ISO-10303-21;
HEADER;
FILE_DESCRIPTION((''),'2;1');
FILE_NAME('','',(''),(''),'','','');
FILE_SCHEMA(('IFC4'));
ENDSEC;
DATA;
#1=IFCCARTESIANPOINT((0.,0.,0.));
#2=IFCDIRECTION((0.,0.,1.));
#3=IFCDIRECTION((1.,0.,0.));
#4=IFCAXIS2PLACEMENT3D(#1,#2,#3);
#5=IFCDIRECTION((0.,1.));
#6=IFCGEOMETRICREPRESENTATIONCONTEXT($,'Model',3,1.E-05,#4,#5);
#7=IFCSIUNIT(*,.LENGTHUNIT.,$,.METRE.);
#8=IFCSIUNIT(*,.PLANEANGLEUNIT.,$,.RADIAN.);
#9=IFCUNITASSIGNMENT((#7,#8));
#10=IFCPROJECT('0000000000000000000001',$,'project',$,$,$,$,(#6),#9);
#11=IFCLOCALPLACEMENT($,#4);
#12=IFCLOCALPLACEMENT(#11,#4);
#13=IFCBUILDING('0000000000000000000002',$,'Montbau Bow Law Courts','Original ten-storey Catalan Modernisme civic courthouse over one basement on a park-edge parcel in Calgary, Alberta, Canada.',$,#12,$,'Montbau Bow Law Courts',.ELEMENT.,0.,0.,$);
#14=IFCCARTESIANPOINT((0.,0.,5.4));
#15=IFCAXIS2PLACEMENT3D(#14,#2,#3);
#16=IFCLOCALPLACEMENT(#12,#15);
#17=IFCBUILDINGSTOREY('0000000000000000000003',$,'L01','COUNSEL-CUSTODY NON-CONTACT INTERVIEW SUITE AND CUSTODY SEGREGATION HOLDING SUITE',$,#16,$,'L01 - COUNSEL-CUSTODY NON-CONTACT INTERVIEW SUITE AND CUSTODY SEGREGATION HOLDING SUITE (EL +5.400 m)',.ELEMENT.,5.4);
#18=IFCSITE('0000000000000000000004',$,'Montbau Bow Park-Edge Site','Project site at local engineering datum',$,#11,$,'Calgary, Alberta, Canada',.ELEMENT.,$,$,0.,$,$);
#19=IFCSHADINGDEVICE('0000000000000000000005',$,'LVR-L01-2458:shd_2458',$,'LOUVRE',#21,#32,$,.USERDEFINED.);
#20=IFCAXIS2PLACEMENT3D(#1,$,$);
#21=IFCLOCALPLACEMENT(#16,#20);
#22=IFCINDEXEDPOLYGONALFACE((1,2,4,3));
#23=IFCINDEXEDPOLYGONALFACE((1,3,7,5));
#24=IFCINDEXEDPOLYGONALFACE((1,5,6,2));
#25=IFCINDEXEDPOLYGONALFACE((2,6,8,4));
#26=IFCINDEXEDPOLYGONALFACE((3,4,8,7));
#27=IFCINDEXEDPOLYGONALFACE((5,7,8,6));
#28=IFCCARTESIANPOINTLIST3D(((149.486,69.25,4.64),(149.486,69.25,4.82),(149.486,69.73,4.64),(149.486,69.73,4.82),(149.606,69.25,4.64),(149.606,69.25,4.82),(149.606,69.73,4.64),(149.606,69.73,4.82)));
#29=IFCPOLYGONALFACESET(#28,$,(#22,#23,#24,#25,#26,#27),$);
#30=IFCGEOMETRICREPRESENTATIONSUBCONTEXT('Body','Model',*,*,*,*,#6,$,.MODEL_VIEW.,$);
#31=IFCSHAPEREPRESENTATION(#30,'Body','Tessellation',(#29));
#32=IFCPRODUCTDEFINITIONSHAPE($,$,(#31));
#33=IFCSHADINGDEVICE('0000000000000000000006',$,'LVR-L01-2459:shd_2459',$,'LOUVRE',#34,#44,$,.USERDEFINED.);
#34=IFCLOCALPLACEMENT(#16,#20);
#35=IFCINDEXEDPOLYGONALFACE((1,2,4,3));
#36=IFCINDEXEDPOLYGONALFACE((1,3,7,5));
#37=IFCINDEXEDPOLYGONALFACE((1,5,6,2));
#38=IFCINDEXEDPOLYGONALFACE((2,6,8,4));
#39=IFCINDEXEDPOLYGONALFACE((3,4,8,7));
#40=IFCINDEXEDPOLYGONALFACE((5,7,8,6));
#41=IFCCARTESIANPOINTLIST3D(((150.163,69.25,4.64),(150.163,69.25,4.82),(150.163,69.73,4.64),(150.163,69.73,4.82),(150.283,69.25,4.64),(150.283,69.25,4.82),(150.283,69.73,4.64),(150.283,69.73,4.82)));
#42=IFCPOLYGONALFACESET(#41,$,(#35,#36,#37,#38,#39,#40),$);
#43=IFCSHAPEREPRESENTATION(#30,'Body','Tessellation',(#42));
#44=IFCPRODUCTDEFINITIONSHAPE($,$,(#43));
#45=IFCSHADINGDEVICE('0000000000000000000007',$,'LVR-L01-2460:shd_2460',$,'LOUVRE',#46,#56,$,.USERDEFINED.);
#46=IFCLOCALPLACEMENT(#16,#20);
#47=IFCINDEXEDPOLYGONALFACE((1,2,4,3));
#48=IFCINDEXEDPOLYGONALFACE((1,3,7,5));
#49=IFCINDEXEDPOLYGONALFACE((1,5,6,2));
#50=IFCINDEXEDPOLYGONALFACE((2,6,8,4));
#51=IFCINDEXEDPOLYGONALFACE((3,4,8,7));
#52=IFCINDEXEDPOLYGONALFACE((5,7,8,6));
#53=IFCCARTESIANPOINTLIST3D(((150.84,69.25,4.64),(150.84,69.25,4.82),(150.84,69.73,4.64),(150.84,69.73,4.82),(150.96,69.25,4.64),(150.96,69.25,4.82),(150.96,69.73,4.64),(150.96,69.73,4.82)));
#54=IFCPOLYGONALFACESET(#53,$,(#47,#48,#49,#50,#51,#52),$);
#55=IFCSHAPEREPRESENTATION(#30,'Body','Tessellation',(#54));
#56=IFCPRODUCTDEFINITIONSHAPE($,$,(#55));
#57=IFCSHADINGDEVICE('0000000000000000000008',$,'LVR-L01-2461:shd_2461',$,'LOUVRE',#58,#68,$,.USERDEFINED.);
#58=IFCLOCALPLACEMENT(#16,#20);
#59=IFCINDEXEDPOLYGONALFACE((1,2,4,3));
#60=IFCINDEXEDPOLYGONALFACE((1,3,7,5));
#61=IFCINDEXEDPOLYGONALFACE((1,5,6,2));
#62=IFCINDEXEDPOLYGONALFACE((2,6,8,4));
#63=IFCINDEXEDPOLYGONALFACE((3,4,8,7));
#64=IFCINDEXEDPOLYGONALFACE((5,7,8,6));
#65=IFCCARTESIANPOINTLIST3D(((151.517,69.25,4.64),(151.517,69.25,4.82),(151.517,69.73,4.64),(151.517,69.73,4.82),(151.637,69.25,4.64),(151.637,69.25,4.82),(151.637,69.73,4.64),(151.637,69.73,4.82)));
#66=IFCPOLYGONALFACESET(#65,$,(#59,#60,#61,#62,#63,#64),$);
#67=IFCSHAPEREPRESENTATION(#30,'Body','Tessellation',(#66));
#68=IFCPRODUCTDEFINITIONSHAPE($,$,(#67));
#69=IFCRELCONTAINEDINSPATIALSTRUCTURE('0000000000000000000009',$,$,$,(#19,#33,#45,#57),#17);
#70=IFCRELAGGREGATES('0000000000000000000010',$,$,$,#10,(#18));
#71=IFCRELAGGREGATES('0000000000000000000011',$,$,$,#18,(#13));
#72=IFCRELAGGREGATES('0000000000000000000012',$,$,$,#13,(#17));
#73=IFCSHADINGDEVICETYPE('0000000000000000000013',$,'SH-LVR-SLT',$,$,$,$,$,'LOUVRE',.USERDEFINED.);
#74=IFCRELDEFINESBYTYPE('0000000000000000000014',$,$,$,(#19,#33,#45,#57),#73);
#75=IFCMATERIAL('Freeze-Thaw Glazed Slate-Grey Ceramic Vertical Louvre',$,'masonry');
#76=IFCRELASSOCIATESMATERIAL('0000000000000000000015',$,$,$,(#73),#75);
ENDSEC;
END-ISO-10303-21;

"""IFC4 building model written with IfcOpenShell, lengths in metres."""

from ifc_helpers import new_model, si_unit, direction, frame, origin_with_axes, origin_2d_with_axis, place, context, subcontext, project, spatial, rectangle, extrude, material, type_object, element, save


model = new_model("IFC4")

# Units and contexts
model_context = context("Model", 3, precision=1e-05, world=origin_with_axes(), true_north=direction((0.0, 1.0)))
body_context = subcontext(model_context, "Body", "Model", "MODEL_VIEW")
ifc_project = project(units=[si_unit("LENGTHUNIT", "METRE"), si_unit("PLANEANGLEUNIT", "RADIAN")], contexts=[model_context])

# Site, building, storey
site_placement = place(None, origin_with_axes())
site = spatial("IfcSite", under=ifc_project, at=site_placement, Name="Montbau Bow Park-Edge Site", Description="Project site at local engineering datum", LongName="Calgary, Alberta, Canada", CompositionType="ELEMENT", RefElevation=0.0)
building_placement = place(site_placement, origin_with_axes())
building = spatial("IfcBuilding", under=site, at=building_placement, Name="Montbau Bow Law Courts", Description="Original ten-storey Catalan Modernisme civic courthouse over one basement on a park-edge parcel in Calgary, Alberta, Canada.", LongName="Montbau Bow Law Courts", CompositionType="ELEMENT", ElevationOfRefHeight=0.0, ElevationOfTerrain=0.0)
storey_placement = place(building_placement, frame((0.0, 0.0, 5.4), z_axis=(0.0, 0.0, 1.0), x_axis=(1.0, 0.0, 0.0)))
storey = spatial("IfcBuildingStorey", under=building, at=storey_placement, Name="L01", Description="COUNSEL-CUSTODY NON-CONTACT INTERVIEW SUITE AND CUSTODY SEGREGATION HOLDING SUITE", LongName="L01 - COUNSEL-CUSTODY NON-CONTACT INTERVIEW SUITE AND CUSTODY SEGREGATION HOLDING SUITE (EL +5.400 m)", CompositionType="ELEMENT", Elevation=5.4)

# Shading devices
ifc_material_1 = material(Name="Freeze-Thaw Glazed Slate-Grey Ceramic Vertical Louvre", Category="masonry")
shading_device_type = type_object("IfcShadingDeviceType", Name="SH-LVR-SLT", ElementType="LOUVRE", PredefinedType="USERDEFINED", material=ifc_material_1)
for number, where, z_axis, x_axis, name in (
    (1, (149.546, 69.49, 10.04), (0.0, 0.0, 1.0), (0.0, -1.0, 0.0), "LVR-L01-2458:shd_2458"),
    (2, (150.223, 69.49, 10.04), (0.0, 0.0, 1.0), (0.0, -1.0, 0.0), "LVR-L01-2459:shd_2459"),
    (3, (150.9, 69.49, 10.04), (0.0, 0.0, 1.0), (0.0, -1.0, 0.0), "LVR-L01-2460:shd_2460"),
    (4, (151.577, 69.49, 10.04), (0.0, 0.0, 1.0), (0.0, -1.0, 0.0), "LVR-L01-2461:shd_2461"),
):
    element("IfcShadingDevice", number, at=place(None, frame(where, z_axis=z_axis, x_axis=x_axis)), inside=storey, type_object=shading_device_type, Name=name, ObjectType="LOUVRE", PredefinedType="USERDEFINED", context=body_context, shape_type="SweptSolid", body=[
        extrude(rectangle(XDim=0.48, YDim=0.12, at=origin_2d_with_axis()), origin_with_axes(), (0.0, 0.0, 1.0), 0.18),
    ])

save(model, "model.ifc")
